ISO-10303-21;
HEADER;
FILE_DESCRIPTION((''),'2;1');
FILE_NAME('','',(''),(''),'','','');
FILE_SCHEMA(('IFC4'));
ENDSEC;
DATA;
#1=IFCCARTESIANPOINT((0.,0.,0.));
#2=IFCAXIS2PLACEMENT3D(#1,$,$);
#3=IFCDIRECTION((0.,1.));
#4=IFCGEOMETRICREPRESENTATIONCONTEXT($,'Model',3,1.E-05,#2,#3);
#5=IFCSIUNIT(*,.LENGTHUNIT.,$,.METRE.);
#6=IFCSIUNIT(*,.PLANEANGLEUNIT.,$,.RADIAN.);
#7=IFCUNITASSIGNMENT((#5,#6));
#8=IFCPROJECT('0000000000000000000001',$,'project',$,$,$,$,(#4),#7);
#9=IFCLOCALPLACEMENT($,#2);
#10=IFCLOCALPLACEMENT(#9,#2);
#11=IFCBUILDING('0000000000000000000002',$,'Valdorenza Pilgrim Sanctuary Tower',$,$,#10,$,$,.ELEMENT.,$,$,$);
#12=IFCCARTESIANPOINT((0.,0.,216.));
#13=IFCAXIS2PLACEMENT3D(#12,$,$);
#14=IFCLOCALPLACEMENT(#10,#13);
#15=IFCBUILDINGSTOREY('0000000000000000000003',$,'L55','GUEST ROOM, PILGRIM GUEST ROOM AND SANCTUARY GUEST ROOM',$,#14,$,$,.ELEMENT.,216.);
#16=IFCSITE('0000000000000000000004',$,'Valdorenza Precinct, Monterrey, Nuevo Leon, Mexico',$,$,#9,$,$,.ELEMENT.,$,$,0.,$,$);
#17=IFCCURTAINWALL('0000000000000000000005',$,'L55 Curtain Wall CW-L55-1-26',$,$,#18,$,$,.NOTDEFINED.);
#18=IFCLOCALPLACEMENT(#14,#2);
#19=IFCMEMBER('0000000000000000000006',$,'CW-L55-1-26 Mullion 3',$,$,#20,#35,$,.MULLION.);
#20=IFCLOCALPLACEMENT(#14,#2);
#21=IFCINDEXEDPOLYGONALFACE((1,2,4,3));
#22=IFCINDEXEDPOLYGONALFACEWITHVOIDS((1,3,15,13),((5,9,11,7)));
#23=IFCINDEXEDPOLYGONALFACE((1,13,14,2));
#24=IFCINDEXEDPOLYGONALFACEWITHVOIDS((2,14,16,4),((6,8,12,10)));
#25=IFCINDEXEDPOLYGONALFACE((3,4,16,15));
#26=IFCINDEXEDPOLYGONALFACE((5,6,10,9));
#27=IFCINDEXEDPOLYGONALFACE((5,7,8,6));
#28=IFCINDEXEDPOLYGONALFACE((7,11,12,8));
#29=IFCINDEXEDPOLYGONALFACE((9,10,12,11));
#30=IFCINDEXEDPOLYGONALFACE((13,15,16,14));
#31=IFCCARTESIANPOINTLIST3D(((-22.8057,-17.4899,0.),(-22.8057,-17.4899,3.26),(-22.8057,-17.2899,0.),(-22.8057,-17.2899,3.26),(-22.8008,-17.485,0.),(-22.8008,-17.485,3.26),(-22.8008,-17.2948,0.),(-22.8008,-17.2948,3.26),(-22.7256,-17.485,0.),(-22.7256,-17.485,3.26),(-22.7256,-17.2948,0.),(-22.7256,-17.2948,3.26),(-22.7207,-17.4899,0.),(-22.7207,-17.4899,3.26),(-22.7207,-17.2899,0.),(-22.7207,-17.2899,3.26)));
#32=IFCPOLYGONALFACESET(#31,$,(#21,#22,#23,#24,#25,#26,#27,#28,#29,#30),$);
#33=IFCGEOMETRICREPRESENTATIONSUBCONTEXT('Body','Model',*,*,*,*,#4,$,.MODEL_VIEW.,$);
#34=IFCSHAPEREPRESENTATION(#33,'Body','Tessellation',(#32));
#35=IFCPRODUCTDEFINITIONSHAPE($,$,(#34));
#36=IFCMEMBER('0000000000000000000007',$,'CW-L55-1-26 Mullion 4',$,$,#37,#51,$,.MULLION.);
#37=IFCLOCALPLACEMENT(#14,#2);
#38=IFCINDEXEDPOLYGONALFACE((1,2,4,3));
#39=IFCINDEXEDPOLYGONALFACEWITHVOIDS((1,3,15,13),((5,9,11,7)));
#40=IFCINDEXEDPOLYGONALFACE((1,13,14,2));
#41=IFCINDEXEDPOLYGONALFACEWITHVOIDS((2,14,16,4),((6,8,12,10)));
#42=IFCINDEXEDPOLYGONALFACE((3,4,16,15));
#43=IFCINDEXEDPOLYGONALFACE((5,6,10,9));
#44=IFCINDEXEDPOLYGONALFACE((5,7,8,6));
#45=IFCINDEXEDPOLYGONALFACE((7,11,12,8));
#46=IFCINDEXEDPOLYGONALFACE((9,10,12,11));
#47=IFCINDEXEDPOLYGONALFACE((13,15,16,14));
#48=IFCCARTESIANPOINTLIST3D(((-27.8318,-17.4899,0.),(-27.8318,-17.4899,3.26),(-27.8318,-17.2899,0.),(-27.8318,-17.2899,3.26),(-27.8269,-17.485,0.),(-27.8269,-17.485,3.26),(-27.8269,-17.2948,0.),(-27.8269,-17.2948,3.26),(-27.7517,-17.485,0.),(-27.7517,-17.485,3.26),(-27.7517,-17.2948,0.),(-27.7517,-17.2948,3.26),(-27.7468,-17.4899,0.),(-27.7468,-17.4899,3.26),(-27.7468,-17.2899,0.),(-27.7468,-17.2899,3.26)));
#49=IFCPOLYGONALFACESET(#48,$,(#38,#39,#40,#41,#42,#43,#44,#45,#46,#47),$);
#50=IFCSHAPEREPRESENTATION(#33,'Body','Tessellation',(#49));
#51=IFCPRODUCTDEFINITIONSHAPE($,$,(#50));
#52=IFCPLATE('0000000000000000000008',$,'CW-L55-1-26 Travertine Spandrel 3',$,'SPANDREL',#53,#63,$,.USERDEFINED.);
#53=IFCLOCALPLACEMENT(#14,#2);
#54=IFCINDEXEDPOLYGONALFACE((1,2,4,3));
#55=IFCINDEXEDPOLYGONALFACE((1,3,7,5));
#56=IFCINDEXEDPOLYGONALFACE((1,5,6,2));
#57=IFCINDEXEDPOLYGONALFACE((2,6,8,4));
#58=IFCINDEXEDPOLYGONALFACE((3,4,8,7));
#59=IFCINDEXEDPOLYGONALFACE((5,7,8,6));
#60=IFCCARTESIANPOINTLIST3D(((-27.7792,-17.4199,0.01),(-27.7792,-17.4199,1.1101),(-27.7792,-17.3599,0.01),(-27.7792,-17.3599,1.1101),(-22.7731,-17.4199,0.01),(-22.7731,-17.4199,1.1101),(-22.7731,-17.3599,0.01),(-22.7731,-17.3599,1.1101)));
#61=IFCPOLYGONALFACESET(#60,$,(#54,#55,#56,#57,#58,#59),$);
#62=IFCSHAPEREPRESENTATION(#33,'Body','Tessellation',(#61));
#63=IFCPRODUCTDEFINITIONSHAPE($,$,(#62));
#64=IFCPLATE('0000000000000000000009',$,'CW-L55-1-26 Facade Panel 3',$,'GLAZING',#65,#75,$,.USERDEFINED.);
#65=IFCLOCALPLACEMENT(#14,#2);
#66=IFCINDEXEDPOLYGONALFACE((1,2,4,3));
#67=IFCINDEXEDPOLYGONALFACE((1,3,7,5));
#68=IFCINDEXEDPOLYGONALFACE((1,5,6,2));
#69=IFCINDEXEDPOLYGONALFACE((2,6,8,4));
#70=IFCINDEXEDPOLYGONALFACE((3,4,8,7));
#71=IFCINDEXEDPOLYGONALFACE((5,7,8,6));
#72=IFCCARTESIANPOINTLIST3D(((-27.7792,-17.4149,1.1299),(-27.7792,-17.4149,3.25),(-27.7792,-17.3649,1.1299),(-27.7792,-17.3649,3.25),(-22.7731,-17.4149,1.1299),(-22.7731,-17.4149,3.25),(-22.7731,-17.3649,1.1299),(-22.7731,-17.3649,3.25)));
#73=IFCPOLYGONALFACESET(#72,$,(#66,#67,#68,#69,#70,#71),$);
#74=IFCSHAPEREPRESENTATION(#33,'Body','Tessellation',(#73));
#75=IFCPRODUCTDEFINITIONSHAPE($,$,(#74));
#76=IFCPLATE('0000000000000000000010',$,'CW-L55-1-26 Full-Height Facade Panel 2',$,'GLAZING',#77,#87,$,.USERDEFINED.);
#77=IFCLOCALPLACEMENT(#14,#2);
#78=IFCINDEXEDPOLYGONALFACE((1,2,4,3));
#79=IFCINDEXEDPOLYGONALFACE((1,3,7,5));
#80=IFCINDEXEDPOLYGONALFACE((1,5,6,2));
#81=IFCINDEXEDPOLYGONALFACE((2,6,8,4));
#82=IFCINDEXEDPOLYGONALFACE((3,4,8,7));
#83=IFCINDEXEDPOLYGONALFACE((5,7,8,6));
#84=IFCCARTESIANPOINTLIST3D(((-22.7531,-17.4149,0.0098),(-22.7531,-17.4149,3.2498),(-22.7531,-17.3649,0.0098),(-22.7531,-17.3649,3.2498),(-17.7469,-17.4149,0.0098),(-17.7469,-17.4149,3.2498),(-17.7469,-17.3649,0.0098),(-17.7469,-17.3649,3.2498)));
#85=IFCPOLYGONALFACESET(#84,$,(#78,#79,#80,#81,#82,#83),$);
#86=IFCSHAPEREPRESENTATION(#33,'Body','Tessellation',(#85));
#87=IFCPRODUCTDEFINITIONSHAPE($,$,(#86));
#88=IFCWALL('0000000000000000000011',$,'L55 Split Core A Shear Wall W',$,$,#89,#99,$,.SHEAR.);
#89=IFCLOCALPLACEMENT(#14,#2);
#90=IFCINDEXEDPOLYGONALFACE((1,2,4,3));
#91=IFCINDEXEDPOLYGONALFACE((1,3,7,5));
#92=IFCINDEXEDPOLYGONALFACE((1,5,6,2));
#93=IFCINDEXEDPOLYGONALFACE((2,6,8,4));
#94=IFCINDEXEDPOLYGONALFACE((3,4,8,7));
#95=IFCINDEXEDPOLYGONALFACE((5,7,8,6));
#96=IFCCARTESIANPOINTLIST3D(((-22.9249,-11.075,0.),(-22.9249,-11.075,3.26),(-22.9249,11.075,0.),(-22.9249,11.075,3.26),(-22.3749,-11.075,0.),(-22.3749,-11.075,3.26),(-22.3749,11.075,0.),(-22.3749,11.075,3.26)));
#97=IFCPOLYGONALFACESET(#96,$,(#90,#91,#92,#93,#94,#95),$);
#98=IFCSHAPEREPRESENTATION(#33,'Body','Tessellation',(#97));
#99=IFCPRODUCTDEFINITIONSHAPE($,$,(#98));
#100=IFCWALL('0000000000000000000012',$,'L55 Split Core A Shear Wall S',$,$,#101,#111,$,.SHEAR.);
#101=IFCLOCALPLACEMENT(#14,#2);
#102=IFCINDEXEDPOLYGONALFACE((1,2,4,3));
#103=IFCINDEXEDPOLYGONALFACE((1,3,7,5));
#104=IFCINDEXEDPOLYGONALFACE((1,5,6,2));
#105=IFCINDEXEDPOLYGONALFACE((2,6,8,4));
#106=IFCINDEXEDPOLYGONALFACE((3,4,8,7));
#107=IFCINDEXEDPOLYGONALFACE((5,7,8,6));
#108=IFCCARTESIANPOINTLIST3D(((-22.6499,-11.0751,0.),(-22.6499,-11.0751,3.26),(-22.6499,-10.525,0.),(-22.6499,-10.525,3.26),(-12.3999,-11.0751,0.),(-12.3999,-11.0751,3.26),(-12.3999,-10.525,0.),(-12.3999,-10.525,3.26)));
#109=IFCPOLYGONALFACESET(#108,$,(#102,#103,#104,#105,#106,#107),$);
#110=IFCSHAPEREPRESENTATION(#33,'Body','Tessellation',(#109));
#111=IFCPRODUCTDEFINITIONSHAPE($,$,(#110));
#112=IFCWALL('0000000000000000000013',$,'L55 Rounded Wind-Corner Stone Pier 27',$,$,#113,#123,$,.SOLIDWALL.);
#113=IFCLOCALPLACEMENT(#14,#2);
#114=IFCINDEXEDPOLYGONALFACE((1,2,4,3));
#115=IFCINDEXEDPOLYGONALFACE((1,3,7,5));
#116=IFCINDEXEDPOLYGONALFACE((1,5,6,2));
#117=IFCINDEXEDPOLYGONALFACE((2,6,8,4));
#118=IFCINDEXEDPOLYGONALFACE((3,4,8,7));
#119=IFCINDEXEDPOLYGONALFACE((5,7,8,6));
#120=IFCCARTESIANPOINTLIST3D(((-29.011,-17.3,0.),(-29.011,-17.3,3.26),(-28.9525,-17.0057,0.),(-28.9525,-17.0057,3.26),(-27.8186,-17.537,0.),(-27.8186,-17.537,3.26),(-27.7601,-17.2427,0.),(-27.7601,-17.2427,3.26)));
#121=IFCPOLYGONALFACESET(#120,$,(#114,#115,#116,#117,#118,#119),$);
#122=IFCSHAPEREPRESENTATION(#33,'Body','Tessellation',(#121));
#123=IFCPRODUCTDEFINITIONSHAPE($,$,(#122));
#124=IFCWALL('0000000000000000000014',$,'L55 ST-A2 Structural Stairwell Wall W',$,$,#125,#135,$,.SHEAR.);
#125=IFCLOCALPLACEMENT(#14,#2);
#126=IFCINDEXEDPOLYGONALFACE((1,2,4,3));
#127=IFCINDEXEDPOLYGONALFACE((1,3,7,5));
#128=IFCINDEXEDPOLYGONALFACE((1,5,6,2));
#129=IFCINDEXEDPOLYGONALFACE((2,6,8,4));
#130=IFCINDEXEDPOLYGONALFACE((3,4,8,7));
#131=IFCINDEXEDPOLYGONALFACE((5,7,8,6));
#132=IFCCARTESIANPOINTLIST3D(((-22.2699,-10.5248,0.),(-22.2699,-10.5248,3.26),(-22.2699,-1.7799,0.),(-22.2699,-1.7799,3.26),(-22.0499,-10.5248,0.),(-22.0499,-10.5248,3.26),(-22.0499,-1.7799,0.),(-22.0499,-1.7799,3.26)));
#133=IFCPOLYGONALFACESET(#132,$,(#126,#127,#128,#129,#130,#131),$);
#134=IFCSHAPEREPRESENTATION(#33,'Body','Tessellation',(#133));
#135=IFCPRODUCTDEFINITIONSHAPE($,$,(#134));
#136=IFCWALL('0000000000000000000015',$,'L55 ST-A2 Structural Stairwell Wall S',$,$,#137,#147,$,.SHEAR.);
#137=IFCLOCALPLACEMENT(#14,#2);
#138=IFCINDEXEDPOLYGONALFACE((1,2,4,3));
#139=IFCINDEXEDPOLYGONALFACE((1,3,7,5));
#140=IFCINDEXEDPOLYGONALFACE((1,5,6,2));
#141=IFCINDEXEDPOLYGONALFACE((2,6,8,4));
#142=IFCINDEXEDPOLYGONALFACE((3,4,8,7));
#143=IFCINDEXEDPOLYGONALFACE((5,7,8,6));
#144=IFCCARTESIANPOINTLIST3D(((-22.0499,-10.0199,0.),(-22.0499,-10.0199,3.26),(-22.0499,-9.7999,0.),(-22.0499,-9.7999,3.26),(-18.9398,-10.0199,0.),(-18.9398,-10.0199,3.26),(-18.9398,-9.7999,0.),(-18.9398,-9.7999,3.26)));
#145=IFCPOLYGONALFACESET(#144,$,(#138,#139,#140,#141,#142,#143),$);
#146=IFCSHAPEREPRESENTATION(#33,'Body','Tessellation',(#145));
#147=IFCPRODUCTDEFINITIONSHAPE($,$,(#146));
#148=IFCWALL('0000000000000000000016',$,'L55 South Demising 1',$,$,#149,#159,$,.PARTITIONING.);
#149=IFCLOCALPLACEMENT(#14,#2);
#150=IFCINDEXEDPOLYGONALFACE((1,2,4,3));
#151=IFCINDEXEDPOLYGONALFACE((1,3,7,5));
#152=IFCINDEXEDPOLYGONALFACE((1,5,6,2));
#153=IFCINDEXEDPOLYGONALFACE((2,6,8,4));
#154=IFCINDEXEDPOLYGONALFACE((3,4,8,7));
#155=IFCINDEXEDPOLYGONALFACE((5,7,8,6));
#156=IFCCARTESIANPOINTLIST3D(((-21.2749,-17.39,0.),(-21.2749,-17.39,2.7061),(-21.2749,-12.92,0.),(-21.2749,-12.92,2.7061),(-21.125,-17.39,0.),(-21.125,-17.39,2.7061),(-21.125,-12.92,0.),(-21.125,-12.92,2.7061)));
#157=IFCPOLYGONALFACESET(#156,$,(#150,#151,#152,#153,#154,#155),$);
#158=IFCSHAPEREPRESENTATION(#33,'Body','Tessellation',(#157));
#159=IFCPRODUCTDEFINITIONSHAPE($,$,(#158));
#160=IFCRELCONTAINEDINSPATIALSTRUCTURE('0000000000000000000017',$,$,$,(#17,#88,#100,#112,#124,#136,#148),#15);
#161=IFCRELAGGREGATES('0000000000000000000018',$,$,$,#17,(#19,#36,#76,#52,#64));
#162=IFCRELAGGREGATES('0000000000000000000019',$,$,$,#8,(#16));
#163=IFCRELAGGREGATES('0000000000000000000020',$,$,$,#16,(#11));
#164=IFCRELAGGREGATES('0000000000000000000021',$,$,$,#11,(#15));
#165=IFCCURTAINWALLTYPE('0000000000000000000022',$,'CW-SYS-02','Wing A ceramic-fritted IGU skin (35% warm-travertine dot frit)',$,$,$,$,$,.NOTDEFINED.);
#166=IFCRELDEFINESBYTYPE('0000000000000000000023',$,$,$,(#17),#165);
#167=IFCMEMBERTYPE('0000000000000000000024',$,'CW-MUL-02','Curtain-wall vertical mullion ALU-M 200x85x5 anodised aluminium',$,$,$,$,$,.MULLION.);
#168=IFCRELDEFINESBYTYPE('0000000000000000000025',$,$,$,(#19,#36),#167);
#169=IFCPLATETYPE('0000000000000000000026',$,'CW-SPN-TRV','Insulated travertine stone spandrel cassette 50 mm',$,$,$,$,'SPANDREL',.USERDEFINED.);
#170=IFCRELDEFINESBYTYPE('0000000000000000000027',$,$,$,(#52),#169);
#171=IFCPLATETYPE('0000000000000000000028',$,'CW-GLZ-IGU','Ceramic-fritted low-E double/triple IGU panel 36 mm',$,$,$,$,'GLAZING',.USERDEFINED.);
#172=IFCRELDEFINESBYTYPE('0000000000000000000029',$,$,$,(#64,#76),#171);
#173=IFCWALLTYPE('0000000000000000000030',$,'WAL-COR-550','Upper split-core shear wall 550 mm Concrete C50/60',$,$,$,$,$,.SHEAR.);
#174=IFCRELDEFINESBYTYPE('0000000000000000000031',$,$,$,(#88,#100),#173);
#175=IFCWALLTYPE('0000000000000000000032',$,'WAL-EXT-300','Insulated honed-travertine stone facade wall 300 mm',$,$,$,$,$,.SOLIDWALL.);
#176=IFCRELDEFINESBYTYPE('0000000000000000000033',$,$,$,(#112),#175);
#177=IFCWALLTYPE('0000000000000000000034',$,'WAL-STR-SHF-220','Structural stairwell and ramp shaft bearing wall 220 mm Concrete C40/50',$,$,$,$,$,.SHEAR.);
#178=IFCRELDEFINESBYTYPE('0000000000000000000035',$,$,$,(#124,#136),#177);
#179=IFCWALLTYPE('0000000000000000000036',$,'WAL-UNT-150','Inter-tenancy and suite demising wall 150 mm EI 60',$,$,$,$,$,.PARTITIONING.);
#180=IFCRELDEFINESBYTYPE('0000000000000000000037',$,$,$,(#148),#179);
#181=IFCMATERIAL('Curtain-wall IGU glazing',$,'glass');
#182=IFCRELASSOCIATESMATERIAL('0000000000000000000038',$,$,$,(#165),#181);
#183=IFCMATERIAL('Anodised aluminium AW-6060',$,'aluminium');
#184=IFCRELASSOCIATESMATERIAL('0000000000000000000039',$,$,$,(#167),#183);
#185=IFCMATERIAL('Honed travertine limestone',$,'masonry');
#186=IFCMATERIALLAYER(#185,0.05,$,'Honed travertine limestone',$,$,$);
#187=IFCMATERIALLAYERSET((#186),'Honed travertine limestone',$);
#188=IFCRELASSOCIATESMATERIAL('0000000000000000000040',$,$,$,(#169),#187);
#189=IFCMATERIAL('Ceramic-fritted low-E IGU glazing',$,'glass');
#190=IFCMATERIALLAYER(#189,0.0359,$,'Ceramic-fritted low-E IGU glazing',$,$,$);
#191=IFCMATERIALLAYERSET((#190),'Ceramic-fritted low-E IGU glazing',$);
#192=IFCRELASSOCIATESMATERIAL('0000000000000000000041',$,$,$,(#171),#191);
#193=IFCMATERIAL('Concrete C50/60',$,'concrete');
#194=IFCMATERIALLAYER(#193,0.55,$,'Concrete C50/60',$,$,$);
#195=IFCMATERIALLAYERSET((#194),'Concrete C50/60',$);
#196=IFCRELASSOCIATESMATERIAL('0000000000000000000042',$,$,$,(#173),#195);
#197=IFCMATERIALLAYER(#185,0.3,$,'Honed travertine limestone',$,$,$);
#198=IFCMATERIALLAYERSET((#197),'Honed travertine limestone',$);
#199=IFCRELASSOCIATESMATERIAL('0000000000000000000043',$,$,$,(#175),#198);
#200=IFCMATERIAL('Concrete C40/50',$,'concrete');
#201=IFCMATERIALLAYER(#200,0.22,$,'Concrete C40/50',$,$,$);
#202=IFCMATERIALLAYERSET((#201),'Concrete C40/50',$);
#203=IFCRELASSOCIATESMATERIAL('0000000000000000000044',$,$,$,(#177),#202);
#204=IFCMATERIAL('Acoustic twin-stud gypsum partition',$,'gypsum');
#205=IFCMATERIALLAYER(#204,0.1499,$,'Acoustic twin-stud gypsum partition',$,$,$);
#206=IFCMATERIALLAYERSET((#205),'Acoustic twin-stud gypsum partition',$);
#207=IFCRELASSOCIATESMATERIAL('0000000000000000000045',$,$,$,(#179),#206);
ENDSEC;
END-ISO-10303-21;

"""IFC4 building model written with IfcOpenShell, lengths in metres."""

from ifc_helpers import new_model, si_unit, direction, frame, frame_2d, origin, origin_2d, place, context, subcontext, project, spatial, rectangle, hollow_rectangle, extrude, source, transform, mapped, material, layer, layer_set, material_profile, profile_set, type_object, element, aggregate, save


model = new_model("IFC4")

# Units and contexts
model_context = context("Model", 3, precision=1e-05, world=origin(), true_north=direction((0.0, 1.0)))
body_context = subcontext(model_context, "Body", "Model", "MODEL_VIEW")
ifc_project = project(units=[si_unit("LENGTHUNIT", "METRE"), si_unit("PLANEANGLEUNIT", "RADIAN")], contexts=[model_context])

# Site, building, storey
site_placement = place(None, origin())
site = spatial("IfcSite", under=ifc_project, at=site_placement, Name="Valdorenza Precinct, Monterrey, Nuevo Leon, Mexico", CompositionType="ELEMENT", RefElevation=0.0)
building_placement = place(site_placement, origin())
building = spatial("IfcBuilding", under=site, at=building_placement, Name="Valdorenza Pilgrim Sanctuary Tower", CompositionType="ELEMENT")
storey_placement = place(building_placement, frame((0.0, 0.0, 216.0)))
storey = spatial("IfcBuildingStorey", under=building, at=storey_placement, Name="L55", Description="GUEST ROOM, PILGRIM GUEST ROOM AND SANCTUARY GUEST ROOM", CompositionType="ELEMENT", Elevation=216.0)

# Shared definitions
ifc_material_1 = material(Name="Concrete C50/60", Category="concrete")

# Curtain wall, members, plates
ifc_material_2 = material(Name="Curtain-wall IGU glazing", Category="glass")
curtain_wall_type = type_object("IfcCurtainWallType", Name="CW-SYS-02", Description="Wing A ceramic-fritted IGU skin (35% warm-travertine dot frit)", PredefinedType="NOTDEFINED", material=ifc_material_2)
curtain_wall_placement = place(storey_placement, origin())
curtain_wall = element("IfcCurtainWall", 1, at=curtain_wall_placement, inside=storey, type_object=curtain_wall_type, Name="L55 Curtain Wall CW-L55-1-26", PredefinedType="NOTDEFINED")
ifc_material_3 = material(Name="Anodised aluminium AW-6060", Category="aluminium")
ifc_material_profile_1 = material_profile(ifc_material_3, hollow_rectangle(XDim=0.085, YDim=0.2, WallThickness=0.0049, at=origin_2d()), Name="ALU-M 200x85x5")
ifc_profile_set_1 = profile_set([ifc_material_profile_1], Name="Anodised aluminium AW-6060")
member_type = type_object("IfcMemberType", Name="CW-MUL-02", Description="Curtain-wall vertical mullion ALU-M 200x85x5 anodised aluminium", PredefinedType="MULLION", material=ifc_profile_set_1)
shared_shape_1 = source(origin(), body_context, "Body", "SweptSolid", [
    extrude(hollow_rectangle(XDim=0.085, YDim=0.2, WallThickness=0.0049, at=origin_2d()), origin(), (0.0, 0.0, 1.0), 3.26),
])
member_1_placement = place(storey_placement, frame((-22.7632, -17.3899, 0.0), z_axis=(0.0, 0.0, 1.0), x_axis=(-1.0, 0.0, 0.0)))
member_1 = element("IfcMember", 2, at=member_1_placement, type_object=member_type, Name="CW-L55-1-26 Mullion 3", PredefinedType="MULLION", context=body_context, shape_type="MappedRepresentation", body=[
    mapped(shared_shape_1, transform((0.0, 0.0, 0.0), x_axis=(1.0, 0.0, 0.0), y_axis=(0.0, 1.0, 0.0), z_axis=(0.0, 0.0, 1.0), scale=1.0)),
])
member_2_placement = place(storey_placement, frame((-27.7893, -17.3899, 0.0), z_axis=(0.0, 0.0, 1.0), x_axis=(-1.0, 0.0, 0.0)))
member_2 = element("IfcMember", 3, at=member_2_placement, type_object=member_type, Name="CW-L55-1-26 Mullion 4", PredefinedType="MULLION", context=body_context, shape_type="MappedRepresentation", body=[
    mapped(shared_shape_1, transform((0.0, 0.0, 0.0), x_axis=(1.0, 0.0, 0.0), y_axis=(0.0, 1.0, 0.0), z_axis=(0.0, 0.0, 1.0), scale=1.0)),
])
ifc_material_4 = material(Name="Honed travertine limestone", Category="masonry")
ifc_layer_1 = layer(ifc_material_4, 0.05, Name="Honed travertine limestone")
ifc_layer_set_1 = layer_set([ifc_layer_1], Name="Honed travertine limestone")
plate_type_1 = type_object("IfcPlateType", Name="CW-SPN-TRV", Description="Insulated travertine stone spandrel cassette 50 mm", ElementType="SPANDREL", PredefinedType="USERDEFINED", material=ifc_layer_set_1)
shared_shape_2 = source(origin(), body_context, "Body", "SweptSolid", [
    extrude(rectangle(XDim=5.0061, YDim=0.0601, at=origin_2d()), origin(), (0.0, 0.0, 1.0), 1.1001),
])
plate_1_placement = place(storey_placement, frame((-25.2761, -17.3899, 0.01), z_axis=(0.0, 0.0, 1.0), x_axis=(-1.0, 0.0, 0.0)))
plate_1 = element("IfcPlate", 4, at=plate_1_placement, type_object=plate_type_1, Name="CW-L55-1-26 Travertine Spandrel 3", ObjectType="SPANDREL", PredefinedType="USERDEFINED", context=body_context, shape_type="MappedRepresentation", body=[
    mapped(shared_shape_2, transform((0.0, 0.0, 0.0), x_axis=(1.0, 0.0, 0.0), y_axis=(0.0, 1.0, 0.0), z_axis=(0.0, 0.0, 1.0), scale=1.0)),
])
ifc_material_5 = material(Name="Ceramic-fritted low-E IGU glazing", Category="glass")
ifc_layer_2 = layer(ifc_material_5, 0.0359, Name="Ceramic-fritted low-E IGU glazing")
ifc_layer_set_2 = layer_set([ifc_layer_2], Name="Ceramic-fritted low-E IGU glazing")
plate_type_2 = type_object("IfcPlateType", Name="CW-GLZ-IGU", Description="Ceramic-fritted low-E double/triple IGU panel 36 mm", ElementType="GLAZING", PredefinedType="USERDEFINED", material=ifc_layer_set_2)
shared_shape_3 = source(origin(), body_context, "Body", "SweptSolid", [
    extrude(rectangle(XDim=5.0061, YDim=0.05, at=origin_2d()), origin(), (0.0, 0.0, 1.0), 2.1201),
])
plate_2_placement = place(storey_placement, frame((-25.2761, -17.3899, 1.1299), z_axis=(0.0, 0.0, 1.0), x_axis=(-1.0, 0.0, 0.0)))
plate_2 = element("IfcPlate", 5, at=plate_2_placement, type_object=plate_type_2, Name="CW-L55-1-26 Facade Panel 3", ObjectType="GLAZING", PredefinedType="USERDEFINED", context=body_context, shape_type="MappedRepresentation", body=[
    mapped(shared_shape_3, transform((0.0, 0.0, 0.0), x_axis=(1.0, 0.0, 0.0), y_axis=(0.0, 1.0, 0.0), z_axis=(0.0, 0.0, 1.0), scale=1.0)),
])
shared_shape_4 = source(origin(), body_context, "Body", "SweptSolid", [
    extrude(rectangle(XDim=5.0061, YDim=0.05, at=origin_2d()), origin(), (0.0, 0.0, 1.0), 3.24),
])
plate_3_placement = place(storey_placement, frame((-20.25, -17.3899, 0.0098), z_axis=(0.0, 0.0, 1.0), x_axis=(-1.0, 0.0, 0.0)))
plate_3 = element("IfcPlate", 6, at=plate_3_placement, type_object=plate_type_2, Name="CW-L55-1-26 Full-Height Facade Panel 2", ObjectType="GLAZING", PredefinedType="USERDEFINED", context=body_context, shape_type="MappedRepresentation", body=[
    mapped(shared_shape_4, transform((0.0, 0.0, 0.0), x_axis=(1.0, 0.0, 0.0), y_axis=(0.0, 1.0, 0.0), z_axis=(0.0, 0.0, 1.0), scale=1.0)),
])
aggregate(curtain_wall, [member_1, member_2, plate_3, plate_1, plate_2])

# Shared definitions
ifc_material_6 = material(Name="Acoustic twin-stud gypsum partition", Category="gypsum")

# Walls
ifc_layer_3 = layer(ifc_material_1, 0.55, Name="Concrete C50/60")
ifc_layer_set_3 = layer_set([ifc_layer_3], Name="Concrete C50/60")
wall_type_1 = type_object("IfcWallType", Name="WAL-COR-550", Description="Upper split-core shear wall 550 mm Concrete C50/60", PredefinedType="SHEAR", material=ifc_layer_set_3)
wall_1_placement = place(storey_placement, frame((-22.6499, -11.075, 0.0), z_axis=(0.0, 0.0, 1.0), x_axis=(0.0, 1.0, 0.0)))
element("IfcWall", 7, at=wall_1_placement, inside=storey, type_object=wall_type_1, Name="L55 Split Core A Shear Wall W", PredefinedType="SHEAR", context=body_context, shape_type="SweptSolid", body=[
    extrude(rectangle(XDim=22.1499, YDim=0.55, at=frame_2d((11.075, 0.0))), origin(), (0.0, 0.0, 1.0), 3.26),
])
wall_2_placement = place(storey_placement, frame((-22.6499, -10.8, 0.0), z_axis=(0.0, 0.0, 1.0), x_axis=(1.0, 0.0, 0.0)))
element("IfcWall", 8, at=wall_2_placement, inside=storey, type_object=wall_type_1, Name="L55 Split Core A Shear Wall S", PredefinedType="SHEAR", context=body_context, shape_type="SweptSolid", body=[
    extrude(rectangle(XDim=10.25, YDim=0.55, at=frame_2d((5.125, 0.0))), origin(), (0.0, 0.0, 1.0), 3.26),
])
ifc_layer_4 = layer(ifc_material_4, 0.3, Name="Honed travertine limestone")
ifc_layer_set_4 = layer_set([ifc_layer_4], Name="Honed travertine limestone")
wall_type_2 = type_object("IfcWallType", Name="WAL-EXT-300", Description="Insulated honed-travertine stone facade wall 300 mm", PredefinedType="SOLIDWALL", material=ifc_layer_set_4)
wall_3_placement = place(storey_placement, frame((-27.7893, -17.3899, 0.0), z_axis=(0.0, 0.0, 1.0), x_axis=(-0.980804, 0.194996, 0.0)))
element("IfcWall", 9, at=wall_3_placement, inside=storey, type_object=wall_type_2, Name="L55 Rounded Wind-Corner Stone Pier 27", PredefinedType="SOLIDWALL", context=body_context, shape_type="SweptSolid", body=[
    extrude(rectangle(XDim=1.2158, YDim=0.3, at=frame_2d((0.6079, 0.0))), origin(), (0.0, 0.0, 1.0), 3.26),
])
ifc_material_7 = material(Name="Concrete C40/50", Category="concrete")
ifc_layer_5 = layer(ifc_material_7, 0.22, Name="Concrete C40/50")
ifc_layer_set_5 = layer_set([ifc_layer_5], Name="Concrete C40/50")
wall_type_3 = type_object("IfcWallType", Name="WAL-STR-SHF-220", Description="Structural stairwell and ramp shaft bearing wall 220 mm Concrete C40/50", PredefinedType="SHEAR", material=ifc_layer_set_5)
wall_4_placement = place(storey_placement, frame((-22.1599, -10.5249, 0.0), z_axis=(0.0, 0.0, 1.0), x_axis=(0.0, 1.0, 0.0)))
element("IfcWall", 10, at=wall_4_placement, inside=storey, type_object=wall_type_3, Name="L55 ST-A2 Structural Stairwell Wall W", PredefinedType="SHEAR", context=body_context, shape_type="SweptSolid", body=[
    extrude(rectangle(XDim=8.7449, YDim=0.22, at=frame_2d((4.3726, 0.0))), origin(), (0.0, 0.0, 1.0), 3.26),
])
wall_5_placement = place(storey_placement, frame((-22.05, -9.9099, 0.0), z_axis=(0.0, 0.0, 1.0), x_axis=(1.0, 0.0, 0.0)))
element("IfcWall", 11, at=wall_5_placement, inside=storey, type_object=wall_type_3, Name="L55 ST-A2 Structural Stairwell Wall S", PredefinedType="SHEAR", context=body_context, shape_type="SweptSolid", body=[
    extrude(rectangle(XDim=3.1101, YDim=0.22, at=frame_2d((1.5552, 0.0))), origin(), (0.0, 0.0, 1.0), 3.26),
])
ifc_layer_6 = layer(ifc_material_6, 0.1499, Name="Acoustic twin-stud gypsum partition")
ifc_layer_set_6 = layer_set([ifc_layer_6], Name="Acoustic twin-stud gypsum partition")
wall_type_4 = type_object("IfcWallType", Name="WAL-UNT-150", Description="Inter-tenancy and suite demising wall 150 mm EI 60", PredefinedType="PARTITIONING", material=ifc_layer_set_6)
wall_6_placement = place(storey_placement, frame((-21.2, -17.3899, 0.0), z_axis=(0.0, 0.0, 1.0), x_axis=(0.0, 1.0, 0.0)))
element("IfcWall", 12, at=wall_6_placement, inside=storey, type_object=wall_type_4, Name="L55 South Demising 1", PredefinedType="PARTITIONING", context=body_context, shape_type="SweptSolid", body=[
    extrude(rectangle(XDim=4.47, YDim=0.1499, at=frame_2d((2.2349, 0.0))), origin(), (0.0, 0.0, 1.0), 2.7061),
])

save(model, "model.ifc")
